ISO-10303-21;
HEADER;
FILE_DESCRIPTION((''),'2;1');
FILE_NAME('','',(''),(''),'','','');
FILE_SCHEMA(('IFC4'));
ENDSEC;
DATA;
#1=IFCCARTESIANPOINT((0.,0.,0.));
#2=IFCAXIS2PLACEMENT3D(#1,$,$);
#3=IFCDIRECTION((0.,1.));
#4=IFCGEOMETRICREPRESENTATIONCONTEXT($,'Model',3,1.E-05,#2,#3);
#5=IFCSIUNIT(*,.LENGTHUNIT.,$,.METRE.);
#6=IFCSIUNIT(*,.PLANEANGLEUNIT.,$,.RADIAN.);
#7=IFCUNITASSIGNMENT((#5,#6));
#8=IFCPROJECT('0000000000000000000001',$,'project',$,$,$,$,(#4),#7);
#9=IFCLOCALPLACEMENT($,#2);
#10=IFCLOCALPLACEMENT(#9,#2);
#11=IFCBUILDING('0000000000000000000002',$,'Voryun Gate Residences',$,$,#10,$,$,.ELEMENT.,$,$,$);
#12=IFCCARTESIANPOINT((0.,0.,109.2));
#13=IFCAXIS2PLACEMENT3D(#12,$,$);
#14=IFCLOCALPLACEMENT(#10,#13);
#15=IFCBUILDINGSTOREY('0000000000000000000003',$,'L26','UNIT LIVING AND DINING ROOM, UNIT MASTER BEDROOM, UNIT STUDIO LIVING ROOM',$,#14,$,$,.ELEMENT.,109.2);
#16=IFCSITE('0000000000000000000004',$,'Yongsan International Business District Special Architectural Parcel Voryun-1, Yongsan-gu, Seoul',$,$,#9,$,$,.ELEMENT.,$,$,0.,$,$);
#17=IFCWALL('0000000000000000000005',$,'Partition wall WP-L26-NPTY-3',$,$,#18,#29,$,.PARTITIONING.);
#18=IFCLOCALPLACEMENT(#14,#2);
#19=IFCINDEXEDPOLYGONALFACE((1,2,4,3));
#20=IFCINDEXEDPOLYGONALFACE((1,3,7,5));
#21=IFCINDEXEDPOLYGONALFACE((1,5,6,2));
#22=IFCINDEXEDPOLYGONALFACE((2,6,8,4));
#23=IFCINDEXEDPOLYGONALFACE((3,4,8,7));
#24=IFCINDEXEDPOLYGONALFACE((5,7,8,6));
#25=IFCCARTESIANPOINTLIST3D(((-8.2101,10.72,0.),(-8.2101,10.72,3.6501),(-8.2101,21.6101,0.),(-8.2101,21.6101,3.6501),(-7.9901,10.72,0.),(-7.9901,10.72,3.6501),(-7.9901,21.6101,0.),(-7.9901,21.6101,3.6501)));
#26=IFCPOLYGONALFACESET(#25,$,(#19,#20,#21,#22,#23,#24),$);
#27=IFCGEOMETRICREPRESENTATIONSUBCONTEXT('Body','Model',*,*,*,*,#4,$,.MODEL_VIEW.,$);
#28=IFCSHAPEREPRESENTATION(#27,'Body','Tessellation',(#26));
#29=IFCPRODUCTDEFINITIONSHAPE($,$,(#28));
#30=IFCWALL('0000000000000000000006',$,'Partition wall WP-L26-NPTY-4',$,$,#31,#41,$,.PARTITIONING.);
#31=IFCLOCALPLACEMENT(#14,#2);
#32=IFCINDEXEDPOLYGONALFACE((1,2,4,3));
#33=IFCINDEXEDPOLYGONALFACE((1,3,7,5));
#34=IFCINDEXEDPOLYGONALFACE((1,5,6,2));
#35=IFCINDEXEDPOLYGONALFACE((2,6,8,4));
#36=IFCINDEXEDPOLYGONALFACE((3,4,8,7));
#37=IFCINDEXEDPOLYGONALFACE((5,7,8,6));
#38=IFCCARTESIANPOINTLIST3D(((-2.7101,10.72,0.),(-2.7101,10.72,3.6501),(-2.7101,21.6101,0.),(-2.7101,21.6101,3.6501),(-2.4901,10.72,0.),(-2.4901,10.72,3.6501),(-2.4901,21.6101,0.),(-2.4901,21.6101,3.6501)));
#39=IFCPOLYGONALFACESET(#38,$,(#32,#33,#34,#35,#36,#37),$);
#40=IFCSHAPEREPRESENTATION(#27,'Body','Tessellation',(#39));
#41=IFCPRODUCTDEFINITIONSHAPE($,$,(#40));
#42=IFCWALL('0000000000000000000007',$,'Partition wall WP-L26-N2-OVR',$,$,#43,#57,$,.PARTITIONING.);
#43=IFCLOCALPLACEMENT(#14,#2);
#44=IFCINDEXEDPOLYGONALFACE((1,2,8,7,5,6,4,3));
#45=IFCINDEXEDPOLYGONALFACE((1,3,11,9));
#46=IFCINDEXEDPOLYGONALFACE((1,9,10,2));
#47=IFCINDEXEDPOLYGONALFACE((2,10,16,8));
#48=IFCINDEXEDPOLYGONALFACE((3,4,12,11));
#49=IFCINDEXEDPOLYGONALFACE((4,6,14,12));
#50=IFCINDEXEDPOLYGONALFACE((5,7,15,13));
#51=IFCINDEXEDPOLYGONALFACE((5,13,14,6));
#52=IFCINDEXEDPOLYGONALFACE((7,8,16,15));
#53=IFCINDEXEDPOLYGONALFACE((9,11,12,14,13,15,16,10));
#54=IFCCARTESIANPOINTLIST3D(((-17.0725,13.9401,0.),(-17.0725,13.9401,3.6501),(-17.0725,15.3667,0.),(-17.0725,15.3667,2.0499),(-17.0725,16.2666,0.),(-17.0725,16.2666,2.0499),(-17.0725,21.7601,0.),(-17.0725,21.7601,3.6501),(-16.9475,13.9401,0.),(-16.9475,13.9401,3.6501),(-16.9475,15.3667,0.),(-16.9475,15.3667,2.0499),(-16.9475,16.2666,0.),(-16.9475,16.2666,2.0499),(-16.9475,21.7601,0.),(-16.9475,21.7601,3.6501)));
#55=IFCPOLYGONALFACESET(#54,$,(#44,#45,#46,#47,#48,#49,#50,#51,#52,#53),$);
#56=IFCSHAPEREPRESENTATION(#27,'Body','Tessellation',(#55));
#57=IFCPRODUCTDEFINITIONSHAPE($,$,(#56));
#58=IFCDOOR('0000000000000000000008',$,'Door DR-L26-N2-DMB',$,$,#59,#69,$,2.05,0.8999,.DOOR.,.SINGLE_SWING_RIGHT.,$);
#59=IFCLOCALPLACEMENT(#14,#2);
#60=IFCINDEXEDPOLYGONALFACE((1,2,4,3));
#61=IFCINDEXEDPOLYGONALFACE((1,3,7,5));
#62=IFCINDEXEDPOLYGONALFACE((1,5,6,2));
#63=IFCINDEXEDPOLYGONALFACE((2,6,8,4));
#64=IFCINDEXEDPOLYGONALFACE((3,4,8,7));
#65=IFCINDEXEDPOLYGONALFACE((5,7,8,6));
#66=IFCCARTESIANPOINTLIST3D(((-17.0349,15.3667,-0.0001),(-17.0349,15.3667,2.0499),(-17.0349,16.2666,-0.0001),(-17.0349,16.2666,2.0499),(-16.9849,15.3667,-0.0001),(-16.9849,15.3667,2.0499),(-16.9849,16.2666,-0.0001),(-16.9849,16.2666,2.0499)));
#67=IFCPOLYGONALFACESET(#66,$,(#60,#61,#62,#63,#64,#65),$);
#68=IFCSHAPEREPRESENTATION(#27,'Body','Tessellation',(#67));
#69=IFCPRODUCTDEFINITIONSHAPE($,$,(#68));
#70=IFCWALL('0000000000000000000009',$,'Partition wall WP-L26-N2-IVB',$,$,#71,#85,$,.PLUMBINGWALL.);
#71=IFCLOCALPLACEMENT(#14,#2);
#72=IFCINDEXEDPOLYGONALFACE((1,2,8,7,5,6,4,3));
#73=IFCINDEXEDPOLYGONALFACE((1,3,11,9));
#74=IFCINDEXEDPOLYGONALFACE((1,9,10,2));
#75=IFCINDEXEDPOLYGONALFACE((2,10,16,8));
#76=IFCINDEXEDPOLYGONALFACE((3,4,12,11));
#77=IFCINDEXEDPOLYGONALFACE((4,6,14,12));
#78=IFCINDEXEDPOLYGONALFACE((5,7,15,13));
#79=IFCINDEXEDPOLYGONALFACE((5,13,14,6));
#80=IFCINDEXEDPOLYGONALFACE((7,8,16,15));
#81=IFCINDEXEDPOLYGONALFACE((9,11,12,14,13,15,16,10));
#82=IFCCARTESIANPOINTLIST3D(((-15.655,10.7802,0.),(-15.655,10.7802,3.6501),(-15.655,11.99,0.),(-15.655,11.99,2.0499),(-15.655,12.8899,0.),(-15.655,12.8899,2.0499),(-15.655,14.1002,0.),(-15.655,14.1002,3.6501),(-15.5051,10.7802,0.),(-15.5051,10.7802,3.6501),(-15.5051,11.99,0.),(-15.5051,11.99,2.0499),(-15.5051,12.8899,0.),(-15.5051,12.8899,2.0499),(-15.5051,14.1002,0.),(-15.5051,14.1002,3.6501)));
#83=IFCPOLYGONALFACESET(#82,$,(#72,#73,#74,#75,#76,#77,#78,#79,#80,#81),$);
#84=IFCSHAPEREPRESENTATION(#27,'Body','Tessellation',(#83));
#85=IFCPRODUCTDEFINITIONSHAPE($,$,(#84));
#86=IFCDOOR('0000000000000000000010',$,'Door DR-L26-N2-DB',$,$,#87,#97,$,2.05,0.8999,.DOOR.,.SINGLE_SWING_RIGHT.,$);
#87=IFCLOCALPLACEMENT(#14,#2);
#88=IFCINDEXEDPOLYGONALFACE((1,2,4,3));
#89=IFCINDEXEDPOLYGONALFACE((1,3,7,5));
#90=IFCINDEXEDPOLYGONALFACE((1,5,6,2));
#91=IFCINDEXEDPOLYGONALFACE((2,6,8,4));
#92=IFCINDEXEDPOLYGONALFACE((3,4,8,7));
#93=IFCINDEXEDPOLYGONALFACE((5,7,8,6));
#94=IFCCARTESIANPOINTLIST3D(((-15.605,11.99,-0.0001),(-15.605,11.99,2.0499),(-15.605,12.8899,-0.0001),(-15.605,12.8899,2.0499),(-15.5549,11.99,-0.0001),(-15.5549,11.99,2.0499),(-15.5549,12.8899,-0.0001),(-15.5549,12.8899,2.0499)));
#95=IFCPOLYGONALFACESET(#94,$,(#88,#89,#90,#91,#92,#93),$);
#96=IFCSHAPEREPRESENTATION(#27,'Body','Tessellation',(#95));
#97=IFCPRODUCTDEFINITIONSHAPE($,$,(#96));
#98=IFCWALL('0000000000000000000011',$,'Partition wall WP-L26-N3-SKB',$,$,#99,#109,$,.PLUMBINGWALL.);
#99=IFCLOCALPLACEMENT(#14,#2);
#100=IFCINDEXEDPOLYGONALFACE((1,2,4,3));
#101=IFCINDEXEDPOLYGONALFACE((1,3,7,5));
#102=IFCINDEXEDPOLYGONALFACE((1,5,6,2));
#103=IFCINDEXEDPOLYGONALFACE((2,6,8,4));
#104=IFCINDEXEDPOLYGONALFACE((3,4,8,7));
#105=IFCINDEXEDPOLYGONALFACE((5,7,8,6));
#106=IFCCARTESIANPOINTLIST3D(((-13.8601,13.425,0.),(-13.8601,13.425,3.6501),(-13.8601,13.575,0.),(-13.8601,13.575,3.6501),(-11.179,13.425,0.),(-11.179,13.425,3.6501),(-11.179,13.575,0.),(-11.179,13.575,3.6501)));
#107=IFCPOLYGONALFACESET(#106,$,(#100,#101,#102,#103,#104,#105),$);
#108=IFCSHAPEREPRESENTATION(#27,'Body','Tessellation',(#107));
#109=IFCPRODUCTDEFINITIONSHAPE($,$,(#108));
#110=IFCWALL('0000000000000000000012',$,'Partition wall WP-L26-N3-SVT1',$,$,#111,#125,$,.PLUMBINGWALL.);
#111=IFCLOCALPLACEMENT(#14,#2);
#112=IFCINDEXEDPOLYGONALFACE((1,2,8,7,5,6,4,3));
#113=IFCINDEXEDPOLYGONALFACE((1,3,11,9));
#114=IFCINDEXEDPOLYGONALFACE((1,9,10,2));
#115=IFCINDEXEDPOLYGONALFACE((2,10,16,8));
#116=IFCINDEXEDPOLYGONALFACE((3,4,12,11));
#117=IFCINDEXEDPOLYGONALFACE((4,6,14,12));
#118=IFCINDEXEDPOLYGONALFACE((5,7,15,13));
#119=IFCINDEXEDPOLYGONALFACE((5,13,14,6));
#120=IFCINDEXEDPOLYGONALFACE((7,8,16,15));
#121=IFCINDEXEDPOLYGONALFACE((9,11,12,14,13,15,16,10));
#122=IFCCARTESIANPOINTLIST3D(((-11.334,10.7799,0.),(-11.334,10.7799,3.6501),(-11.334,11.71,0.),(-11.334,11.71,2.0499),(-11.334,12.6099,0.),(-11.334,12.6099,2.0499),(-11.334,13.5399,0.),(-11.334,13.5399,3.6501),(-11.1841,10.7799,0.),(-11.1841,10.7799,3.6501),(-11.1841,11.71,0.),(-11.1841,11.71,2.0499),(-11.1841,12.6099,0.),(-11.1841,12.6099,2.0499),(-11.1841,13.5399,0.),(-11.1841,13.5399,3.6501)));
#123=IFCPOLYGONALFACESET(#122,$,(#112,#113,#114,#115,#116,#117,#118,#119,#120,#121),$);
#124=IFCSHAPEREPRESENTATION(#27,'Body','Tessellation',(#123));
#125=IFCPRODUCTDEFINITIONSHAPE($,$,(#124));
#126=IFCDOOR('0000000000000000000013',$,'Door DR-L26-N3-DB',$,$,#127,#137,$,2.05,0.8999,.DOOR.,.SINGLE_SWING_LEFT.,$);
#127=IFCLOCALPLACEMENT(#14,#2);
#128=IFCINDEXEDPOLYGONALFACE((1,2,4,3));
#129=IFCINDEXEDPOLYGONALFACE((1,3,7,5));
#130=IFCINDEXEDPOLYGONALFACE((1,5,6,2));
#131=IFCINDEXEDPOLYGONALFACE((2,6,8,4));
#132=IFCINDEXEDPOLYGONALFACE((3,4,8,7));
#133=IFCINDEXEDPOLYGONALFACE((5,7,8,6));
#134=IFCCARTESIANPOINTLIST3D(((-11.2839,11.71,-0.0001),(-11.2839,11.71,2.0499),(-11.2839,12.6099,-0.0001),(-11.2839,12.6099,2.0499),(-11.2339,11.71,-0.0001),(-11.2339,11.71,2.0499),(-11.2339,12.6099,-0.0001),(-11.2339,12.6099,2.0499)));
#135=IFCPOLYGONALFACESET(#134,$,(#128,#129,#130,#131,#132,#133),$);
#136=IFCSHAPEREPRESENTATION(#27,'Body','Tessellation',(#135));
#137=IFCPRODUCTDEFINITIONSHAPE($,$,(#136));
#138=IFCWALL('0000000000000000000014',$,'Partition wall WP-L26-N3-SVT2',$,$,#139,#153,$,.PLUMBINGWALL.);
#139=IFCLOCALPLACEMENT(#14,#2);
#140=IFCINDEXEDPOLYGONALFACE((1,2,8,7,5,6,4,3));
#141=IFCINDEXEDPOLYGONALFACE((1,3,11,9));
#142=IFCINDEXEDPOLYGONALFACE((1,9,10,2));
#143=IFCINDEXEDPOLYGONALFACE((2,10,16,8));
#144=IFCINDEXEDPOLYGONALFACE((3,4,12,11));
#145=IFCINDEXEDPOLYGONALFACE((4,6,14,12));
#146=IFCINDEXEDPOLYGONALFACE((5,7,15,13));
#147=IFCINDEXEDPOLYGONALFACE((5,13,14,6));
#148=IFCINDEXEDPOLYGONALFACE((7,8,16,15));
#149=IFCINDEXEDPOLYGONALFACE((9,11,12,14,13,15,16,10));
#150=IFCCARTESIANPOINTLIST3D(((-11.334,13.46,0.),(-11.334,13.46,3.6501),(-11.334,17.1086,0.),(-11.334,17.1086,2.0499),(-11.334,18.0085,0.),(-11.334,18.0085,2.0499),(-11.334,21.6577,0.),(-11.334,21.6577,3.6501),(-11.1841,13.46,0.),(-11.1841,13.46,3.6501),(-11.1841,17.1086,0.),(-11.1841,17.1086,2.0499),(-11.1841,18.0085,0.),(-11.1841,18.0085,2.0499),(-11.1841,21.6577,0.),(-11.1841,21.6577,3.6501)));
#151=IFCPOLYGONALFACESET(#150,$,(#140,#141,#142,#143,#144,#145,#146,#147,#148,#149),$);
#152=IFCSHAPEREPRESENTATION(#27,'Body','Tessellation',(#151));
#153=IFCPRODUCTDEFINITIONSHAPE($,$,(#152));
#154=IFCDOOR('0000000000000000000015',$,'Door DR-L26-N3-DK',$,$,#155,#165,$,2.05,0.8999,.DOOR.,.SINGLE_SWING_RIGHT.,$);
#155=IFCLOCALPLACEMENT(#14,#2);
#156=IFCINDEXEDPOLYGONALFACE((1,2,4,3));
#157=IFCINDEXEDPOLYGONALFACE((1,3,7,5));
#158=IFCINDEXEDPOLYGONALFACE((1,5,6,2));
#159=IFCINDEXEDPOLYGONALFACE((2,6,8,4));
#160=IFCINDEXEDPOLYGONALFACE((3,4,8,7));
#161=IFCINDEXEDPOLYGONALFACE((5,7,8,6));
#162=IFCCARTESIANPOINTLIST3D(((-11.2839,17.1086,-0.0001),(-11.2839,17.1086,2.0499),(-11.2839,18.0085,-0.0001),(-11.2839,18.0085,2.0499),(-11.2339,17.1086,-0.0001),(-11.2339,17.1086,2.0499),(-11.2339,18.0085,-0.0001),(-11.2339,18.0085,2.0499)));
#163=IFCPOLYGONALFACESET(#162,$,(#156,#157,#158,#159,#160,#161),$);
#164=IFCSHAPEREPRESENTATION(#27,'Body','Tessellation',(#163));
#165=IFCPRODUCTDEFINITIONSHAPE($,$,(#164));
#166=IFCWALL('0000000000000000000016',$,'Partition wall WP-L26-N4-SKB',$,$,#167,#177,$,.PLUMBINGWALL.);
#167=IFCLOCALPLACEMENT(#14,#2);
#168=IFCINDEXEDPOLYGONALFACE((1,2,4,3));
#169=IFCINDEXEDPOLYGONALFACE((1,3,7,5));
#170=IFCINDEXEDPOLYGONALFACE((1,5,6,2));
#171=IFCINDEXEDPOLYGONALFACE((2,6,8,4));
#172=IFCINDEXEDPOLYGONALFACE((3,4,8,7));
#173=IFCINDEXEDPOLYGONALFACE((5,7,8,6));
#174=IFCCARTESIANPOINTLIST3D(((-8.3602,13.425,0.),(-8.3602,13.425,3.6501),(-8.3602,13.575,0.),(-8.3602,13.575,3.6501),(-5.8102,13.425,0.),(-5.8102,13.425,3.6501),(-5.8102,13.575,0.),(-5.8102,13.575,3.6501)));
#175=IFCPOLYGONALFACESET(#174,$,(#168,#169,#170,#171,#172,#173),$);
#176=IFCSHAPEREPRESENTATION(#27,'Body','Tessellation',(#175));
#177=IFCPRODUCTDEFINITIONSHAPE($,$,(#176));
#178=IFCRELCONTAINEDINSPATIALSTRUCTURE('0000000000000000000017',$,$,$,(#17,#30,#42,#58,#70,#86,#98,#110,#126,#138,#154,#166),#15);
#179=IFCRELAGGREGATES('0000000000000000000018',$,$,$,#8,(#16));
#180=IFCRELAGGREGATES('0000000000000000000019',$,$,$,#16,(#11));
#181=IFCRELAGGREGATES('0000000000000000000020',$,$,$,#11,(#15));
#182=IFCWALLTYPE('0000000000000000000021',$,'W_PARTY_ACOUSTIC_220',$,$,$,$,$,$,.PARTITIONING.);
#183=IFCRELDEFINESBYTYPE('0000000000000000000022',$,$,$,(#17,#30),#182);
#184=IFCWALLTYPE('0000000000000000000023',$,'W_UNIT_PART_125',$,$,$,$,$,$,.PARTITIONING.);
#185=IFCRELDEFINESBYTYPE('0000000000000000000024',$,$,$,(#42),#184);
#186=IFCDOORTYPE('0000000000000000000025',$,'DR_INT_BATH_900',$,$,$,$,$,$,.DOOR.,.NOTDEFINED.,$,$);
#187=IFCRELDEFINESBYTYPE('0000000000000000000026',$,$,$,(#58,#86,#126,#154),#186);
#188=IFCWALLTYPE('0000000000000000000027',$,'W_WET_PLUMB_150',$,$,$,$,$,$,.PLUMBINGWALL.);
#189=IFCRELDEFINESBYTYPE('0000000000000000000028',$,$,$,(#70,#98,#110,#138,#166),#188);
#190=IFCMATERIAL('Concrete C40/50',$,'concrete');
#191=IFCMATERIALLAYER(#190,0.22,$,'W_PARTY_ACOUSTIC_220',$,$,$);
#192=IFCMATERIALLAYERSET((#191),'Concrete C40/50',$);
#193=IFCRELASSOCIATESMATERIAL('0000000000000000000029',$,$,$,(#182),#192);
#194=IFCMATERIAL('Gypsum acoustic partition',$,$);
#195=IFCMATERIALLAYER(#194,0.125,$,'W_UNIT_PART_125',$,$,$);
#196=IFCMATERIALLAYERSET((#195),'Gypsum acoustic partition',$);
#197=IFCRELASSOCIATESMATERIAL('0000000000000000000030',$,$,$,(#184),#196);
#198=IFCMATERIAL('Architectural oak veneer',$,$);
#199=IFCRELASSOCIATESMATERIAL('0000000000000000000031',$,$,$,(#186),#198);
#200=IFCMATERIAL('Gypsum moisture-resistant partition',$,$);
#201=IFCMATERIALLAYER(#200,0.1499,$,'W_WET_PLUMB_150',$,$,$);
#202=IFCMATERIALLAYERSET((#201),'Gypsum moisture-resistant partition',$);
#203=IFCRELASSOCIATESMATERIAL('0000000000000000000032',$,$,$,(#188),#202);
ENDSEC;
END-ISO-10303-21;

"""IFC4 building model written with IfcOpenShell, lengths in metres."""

from ifc_helpers import new_model, si_unit, direction, frame, frame_2d, origin, place, context, subcontext, project, spatial, rectangle, extrude, material, layer, layer_set, type_object, element, fill, save


model = new_model("IFC4")

# Units and contexts
model_context = context("Model", 3, precision=1e-05, world=origin(), true_north=direction((0.0, 1.0)))
body_context = subcontext(model_context, "Body", "Model", "MODEL_VIEW")
ifc_project = project(units=[si_unit("LENGTHUNIT", "METRE"), si_unit("PLANEANGLEUNIT", "RADIAN")], contexts=[model_context])

# Site, building, storey
site_placement = place(None, origin())
site = spatial("IfcSite", under=ifc_project, at=site_placement, Name="Yongsan International Business District Special Architectural Parcel Voryun-1, Yongsan-gu, Seoul", CompositionType="ELEMENT", RefElevation=0.0)
building_placement = place(site_placement, origin())
building = spatial("IfcBuilding", under=site, at=building_placement, Name="Voryun Gate Residences", CompositionType="ELEMENT")
storey_placement = place(building_placement, frame((0.0, 0.0, 109.2)))
storey = spatial("IfcBuildingStorey", under=building, at=storey_placement, Name="L26", Description="UNIT LIVING AND DINING ROOM, UNIT MASTER BEDROOM, UNIT STUDIO LIVING ROOM", CompositionType="ELEMENT", Elevation=109.2)

# Walls
ifc_material_1 = material(Name="Concrete C40/50", Category="concrete")
ifc_layer_1 = layer(ifc_material_1, 0.22, Name="W_PARTY_ACOUSTIC_220")
ifc_layer_set_1 = layer_set([ifc_layer_1], Name="Concrete C40/50")
wall_type_1 = type_object("IfcWallType", Name="W_PARTY_ACOUSTIC_220", PredefinedType="PARTITIONING", material=ifc_layer_set_1)
for number, where, z_axis, x_axis, name in (
    (1, (-8.1001, 10.72, 0.0), (0.0, 0.0, 1.0), (0.0, 1.0, 0.0), "Partition wall WP-L26-NPTY-3"),
    (2, (-2.6001, 10.72, 0.0), (0.0, 0.0, 1.0), (0.0, 1.0, 0.0), "Partition wall WP-L26-NPTY-4"),
):
    element("IfcWall", number, at=place(storey_placement, frame(where, z_axis=z_axis, x_axis=x_axis)), inside=storey, type_object=wall_type_1, Name=name, PredefinedType="PARTITIONING", context=body_context, shape_type="SweptSolid", body=[
        extrude(rectangle(XDim=10.8901, YDim=0.22, at=frame_2d((5.4451, 0.0))), origin(), (0.0, 0.0, 1.0), 3.6501),
    ])

# Walls, openings, doors
ifc_material_2 = material(Name="Gypsum acoustic partition")
ifc_layer_2 = layer(ifc_material_2, 0.125, Name="W_UNIT_PART_125")
ifc_layer_set_2 = layer_set([ifc_layer_2], Name="Gypsum acoustic partition")
wall_type_2 = type_object("IfcWallType", Name="W_UNIT_PART_125", PredefinedType="PARTITIONING", material=ifc_layer_set_2)
wall_1_placement = place(storey_placement, frame((-17.01, 13.9399, 0.0), z_axis=(0.0, 0.0, 1.0), x_axis=(0.0, 1.0, 0.0)))
wall_1 = element("IfcWall", 3, at=wall_1_placement, inside=storey, type_object=wall_type_2, Name="Partition wall WP-L26-N2-OVR", PredefinedType="PARTITIONING", context=body_context, shape_type="SweptSolid", body=[
    extrude(rectangle(XDim=7.8201, YDim=0.125, at=frame_2d((3.9102, 0.0))), origin(), (0.0, 0.0, 1.0), 3.6501),
])
opening_1_placement = place(wall_1_placement, frame((1.4268, 0.0, 0.0)))
opening_1 = element("IfcOpeningElement", 4, at=opening_1_placement, cuts=wall_1, PredefinedType="OPENING", context=body_context, shape_type="SweptSolid", body=[
    extrude(rectangle(XDim=0.8999, YDim=2.05, at=frame_2d((0.45, 1.0249))), frame((0.0, 0.0725, 0.0), z_axis=(0.0, -1.0, 0.0), x_axis=(1.0, 0.0, 0.0)), (0.0, 0.0, 1.0), 0.145),
])
ifc_material_3 = material(Name="Architectural oak veneer")
door_type_1 = type_object("IfcDoorType", Name="DR_INT_BATH_900", OperationType="NOTDEFINED", PredefinedType="DOOR", material=ifc_material_3)
door_1_placement = place(opening_1_placement, origin())
door_1 = element("IfcDoor", 5, at=door_1_placement, inside=storey, type_object=door_type_1, Name="Door DR-L26-N2-DMB", OperationType="SINGLE_SWING_RIGHT", OverallHeight=2.05, OverallWidth=0.8999, PredefinedType="DOOR", context=body_context, shape_type="SweptSolid", body=[
    extrude(rectangle(XDim=0.8999, YDim=2.05, at=frame_2d((0.45, 1.0249))), frame((0.0, 0.0249, 0.0), z_axis=(0.0, -1.0, 0.0), x_axis=(1.0, 0.0, 0.0)), (0.0, 0.0, 1.0), 0.05),
])
fill(opening_1, door_1)
ifc_material_4 = material(Name="Gypsum moisture-resistant partition")
ifc_layer_3 = layer(ifc_material_4, 0.1499, Name="W_WET_PLUMB_150")
ifc_layer_set_3 = layer_set([ifc_layer_3], Name="Gypsum moisture-resistant partition")
wall_type_3 = type_object("IfcWallType", Name="W_WET_PLUMB_150", PredefinedType="PLUMBINGWALL", material=ifc_layer_set_3)
wall_2_placement = place(storey_placement, frame((-15.5801, 10.78, 0.0), z_axis=(0.0, 0.0, 1.0), x_axis=(0.0, 1.0, 0.0)))
wall_2 = element("IfcWall", 6, at=wall_2_placement, inside=storey, type_object=wall_type_3, Name="Partition wall WP-L26-N2-IVB", PredefinedType="PLUMBINGWALL", context=body_context, shape_type="SweptSolid", body=[
    extrude(rectangle(XDim=3.3201, YDim=0.1499, at=frame_2d((1.6602, 0.0))), origin(), (0.0, 0.0, 1.0), 3.6501),
])
opening_2_placement = place(wall_2_placement, frame((1.21, 0.0, 0.0)))
opening_2 = element("IfcOpeningElement", 7, at=opening_2_placement, cuts=wall_2, PredefinedType="OPENING", context=body_context, shape_type="SweptSolid", body=[
    extrude(rectangle(XDim=0.8999, YDim=2.05, at=frame_2d((0.45, 1.0249))), frame((0.0, 0.085, 0.0), z_axis=(0.0, -1.0, 0.0), x_axis=(1.0, 0.0, 0.0)), (0.0, 0.0, 1.0), 0.1699),
])
door_2_placement = place(opening_2_placement, origin())
door_2 = element("IfcDoor", 8, at=door_2_placement, inside=storey, type_object=door_type_1, Name="Door DR-L26-N2-DB", OperationType="SINGLE_SWING_RIGHT", OverallHeight=2.05, OverallWidth=0.8999, PredefinedType="DOOR", context=body_context, shape_type="SweptSolid", body=[
    extrude(rectangle(XDim=0.8999, YDim=2.05, at=frame_2d((0.45, 1.0249))), frame((0.0, 0.0249, 0.0), z_axis=(0.0, -1.0, 0.0), x_axis=(1.0, 0.0, 0.0)), (0.0, 0.0, 1.0), 0.05),
])
fill(opening_2, door_2)

# Wall
wall_3_placement = place(storey_placement, frame((-13.8601, 13.5, 0.0), z_axis=(0.0, 0.0, 1.0), x_axis=(1.0, 0.0, 0.0)))
element("IfcWall", 9, at=wall_3_placement, inside=storey, type_object=wall_type_3, Name="Partition wall WP-L26-N3-SKB", PredefinedType="PLUMBINGWALL", context=body_context, shape_type="SweptSolid", body=[
    extrude(rectangle(XDim=2.6812, YDim=0.1499, at=frame_2d((1.3406, 0.0))), origin(), (0.0, 0.0, 1.0), 3.6501),
])

# Walls, openings, doors
wall_4_placement = place(storey_placement, frame((-11.259, 10.78, 0.0), z_axis=(0.0, 0.0, 1.0), x_axis=(0.0, 1.0, 0.0)))
wall_4 = element("IfcWall", 10, at=wall_4_placement, inside=storey, type_object=wall_type_3, Name="Partition wall WP-L26-N3-SVT1", PredefinedType="PLUMBINGWALL", context=body_context, shape_type="SweptSolid", body=[
    extrude(rectangle(XDim=2.76, YDim=0.1499, at=frame_2d((1.3799, 0.0))), origin(), (0.0, 0.0, 1.0), 3.6501),
])
opening_3_placement = place(wall_4_placement, frame((0.9299, 0.0, 0.0)))
opening_3 = element("IfcOpeningElement", 11, at=opening_3_placement, cuts=wall_4, PredefinedType="OPENING", context=body_context, shape_type="SweptSolid", body=[
    extrude(rectangle(XDim=0.8999, YDim=2.05, at=frame_2d((0.45, 1.0249))), frame((0.0, 0.085, 0.0), z_axis=(0.0, -1.0, 0.0), x_axis=(1.0, 0.0, 0.0)), (0.0, 0.0, 1.0), 0.1699),
])
door_3_placement = place(opening_3_placement, origin())
door_3 = element("IfcDoor", 12, at=door_3_placement, inside=storey, type_object=door_type_1, Name="Door DR-L26-N3-DB", OperationType="SINGLE_SWING_LEFT", OverallHeight=2.05, OverallWidth=0.8999, PredefinedType="DOOR", context=body_context, shape_type="SweptSolid", body=[
    extrude(rectangle(XDim=0.8999, YDim=2.05, at=frame_2d((0.45, 1.0249))), frame((0.0, 0.0249, 0.0), z_axis=(0.0, -1.0, 0.0), x_axis=(1.0, 0.0, 0.0)), (0.0, 0.0, 1.0), 0.05),
])
fill(opening_3, door_3)
wall_5_placement = place(storey_placement, frame((-11.259, 13.46, 0.0), z_axis=(0.0, 0.0, 1.0), x_axis=(0.0, 1.0, 0.0)))
wall_5 = element("IfcWall", 13, at=wall_5_placement, inside=storey, type_object=wall_type_3, Name="Partition wall WP-L26-N3-SVT2", PredefinedType="PLUMBINGWALL", context=body_context, shape_type="SweptSolid", body=[
    extrude(rectangle(XDim=8.1978, YDim=0.1499, at=frame_2d((4.0989, 0.0))), origin(), (0.0, 0.0, 1.0), 3.6501),
])
opening_4_placement = place(wall_5_placement, frame((3.6487, 0.0, 0.0)))
opening_4 = element("IfcOpeningElement", 14, at=opening_4_placement, cuts=wall_5, PredefinedType="OPENING", context=body_context, shape_type="SweptSolid", body=[
    extrude(rectangle(XDim=0.8999, YDim=2.05, at=frame_2d((0.45, 1.0249))), frame((0.0, 0.085, 0.0), z_axis=(0.0, -1.0, 0.0), x_axis=(1.0, 0.0, 0.0)), (0.0, 0.0, 1.0), 0.1699),
])
door_4_placement = place(opening_4_placement, origin())
door_4 = element("IfcDoor", 15, at=door_4_placement, inside=storey, type_object=door_type_1, Name="Door DR-L26-N3-DK", OperationType="SINGLE_SWING_RIGHT", OverallHeight=2.05, OverallWidth=0.8999, PredefinedType="DOOR", context=body_context, shape_type="SweptSolid", body=[
    extrude(rectangle(XDim=0.8999, YDim=2.05, at=frame_2d((0.45, 1.0249))), frame((0.0, 0.0249, 0.0), z_axis=(0.0, -1.0, 0.0), x_axis=(1.0, 0.0, 0.0)), (0.0, 0.0, 1.0), 0.05),
])
fill(opening_4, door_4)

# Wall
wall_6_placement = place(storey_placement, frame((-8.3601, 13.5, 0.0), z_axis=(0.0, 0.0, 1.0), x_axis=(1.0, 0.0, 0.0)))
element("IfcWall", 16, at=wall_6_placement, inside=storey, type_object=wall_type_3, Name="Partition wall WP-L26-N4-SKB", PredefinedType="PLUMBINGWALL", context=body_context, shape_type="SweptSolid", body=[
    extrude(rectangle(XDim=2.55, YDim=0.1499, at=frame_2d((1.2749, 0.0))), origin(), (0.0, 0.0, 1.0), 3.6501),
])

save(model, "model.ifc")
